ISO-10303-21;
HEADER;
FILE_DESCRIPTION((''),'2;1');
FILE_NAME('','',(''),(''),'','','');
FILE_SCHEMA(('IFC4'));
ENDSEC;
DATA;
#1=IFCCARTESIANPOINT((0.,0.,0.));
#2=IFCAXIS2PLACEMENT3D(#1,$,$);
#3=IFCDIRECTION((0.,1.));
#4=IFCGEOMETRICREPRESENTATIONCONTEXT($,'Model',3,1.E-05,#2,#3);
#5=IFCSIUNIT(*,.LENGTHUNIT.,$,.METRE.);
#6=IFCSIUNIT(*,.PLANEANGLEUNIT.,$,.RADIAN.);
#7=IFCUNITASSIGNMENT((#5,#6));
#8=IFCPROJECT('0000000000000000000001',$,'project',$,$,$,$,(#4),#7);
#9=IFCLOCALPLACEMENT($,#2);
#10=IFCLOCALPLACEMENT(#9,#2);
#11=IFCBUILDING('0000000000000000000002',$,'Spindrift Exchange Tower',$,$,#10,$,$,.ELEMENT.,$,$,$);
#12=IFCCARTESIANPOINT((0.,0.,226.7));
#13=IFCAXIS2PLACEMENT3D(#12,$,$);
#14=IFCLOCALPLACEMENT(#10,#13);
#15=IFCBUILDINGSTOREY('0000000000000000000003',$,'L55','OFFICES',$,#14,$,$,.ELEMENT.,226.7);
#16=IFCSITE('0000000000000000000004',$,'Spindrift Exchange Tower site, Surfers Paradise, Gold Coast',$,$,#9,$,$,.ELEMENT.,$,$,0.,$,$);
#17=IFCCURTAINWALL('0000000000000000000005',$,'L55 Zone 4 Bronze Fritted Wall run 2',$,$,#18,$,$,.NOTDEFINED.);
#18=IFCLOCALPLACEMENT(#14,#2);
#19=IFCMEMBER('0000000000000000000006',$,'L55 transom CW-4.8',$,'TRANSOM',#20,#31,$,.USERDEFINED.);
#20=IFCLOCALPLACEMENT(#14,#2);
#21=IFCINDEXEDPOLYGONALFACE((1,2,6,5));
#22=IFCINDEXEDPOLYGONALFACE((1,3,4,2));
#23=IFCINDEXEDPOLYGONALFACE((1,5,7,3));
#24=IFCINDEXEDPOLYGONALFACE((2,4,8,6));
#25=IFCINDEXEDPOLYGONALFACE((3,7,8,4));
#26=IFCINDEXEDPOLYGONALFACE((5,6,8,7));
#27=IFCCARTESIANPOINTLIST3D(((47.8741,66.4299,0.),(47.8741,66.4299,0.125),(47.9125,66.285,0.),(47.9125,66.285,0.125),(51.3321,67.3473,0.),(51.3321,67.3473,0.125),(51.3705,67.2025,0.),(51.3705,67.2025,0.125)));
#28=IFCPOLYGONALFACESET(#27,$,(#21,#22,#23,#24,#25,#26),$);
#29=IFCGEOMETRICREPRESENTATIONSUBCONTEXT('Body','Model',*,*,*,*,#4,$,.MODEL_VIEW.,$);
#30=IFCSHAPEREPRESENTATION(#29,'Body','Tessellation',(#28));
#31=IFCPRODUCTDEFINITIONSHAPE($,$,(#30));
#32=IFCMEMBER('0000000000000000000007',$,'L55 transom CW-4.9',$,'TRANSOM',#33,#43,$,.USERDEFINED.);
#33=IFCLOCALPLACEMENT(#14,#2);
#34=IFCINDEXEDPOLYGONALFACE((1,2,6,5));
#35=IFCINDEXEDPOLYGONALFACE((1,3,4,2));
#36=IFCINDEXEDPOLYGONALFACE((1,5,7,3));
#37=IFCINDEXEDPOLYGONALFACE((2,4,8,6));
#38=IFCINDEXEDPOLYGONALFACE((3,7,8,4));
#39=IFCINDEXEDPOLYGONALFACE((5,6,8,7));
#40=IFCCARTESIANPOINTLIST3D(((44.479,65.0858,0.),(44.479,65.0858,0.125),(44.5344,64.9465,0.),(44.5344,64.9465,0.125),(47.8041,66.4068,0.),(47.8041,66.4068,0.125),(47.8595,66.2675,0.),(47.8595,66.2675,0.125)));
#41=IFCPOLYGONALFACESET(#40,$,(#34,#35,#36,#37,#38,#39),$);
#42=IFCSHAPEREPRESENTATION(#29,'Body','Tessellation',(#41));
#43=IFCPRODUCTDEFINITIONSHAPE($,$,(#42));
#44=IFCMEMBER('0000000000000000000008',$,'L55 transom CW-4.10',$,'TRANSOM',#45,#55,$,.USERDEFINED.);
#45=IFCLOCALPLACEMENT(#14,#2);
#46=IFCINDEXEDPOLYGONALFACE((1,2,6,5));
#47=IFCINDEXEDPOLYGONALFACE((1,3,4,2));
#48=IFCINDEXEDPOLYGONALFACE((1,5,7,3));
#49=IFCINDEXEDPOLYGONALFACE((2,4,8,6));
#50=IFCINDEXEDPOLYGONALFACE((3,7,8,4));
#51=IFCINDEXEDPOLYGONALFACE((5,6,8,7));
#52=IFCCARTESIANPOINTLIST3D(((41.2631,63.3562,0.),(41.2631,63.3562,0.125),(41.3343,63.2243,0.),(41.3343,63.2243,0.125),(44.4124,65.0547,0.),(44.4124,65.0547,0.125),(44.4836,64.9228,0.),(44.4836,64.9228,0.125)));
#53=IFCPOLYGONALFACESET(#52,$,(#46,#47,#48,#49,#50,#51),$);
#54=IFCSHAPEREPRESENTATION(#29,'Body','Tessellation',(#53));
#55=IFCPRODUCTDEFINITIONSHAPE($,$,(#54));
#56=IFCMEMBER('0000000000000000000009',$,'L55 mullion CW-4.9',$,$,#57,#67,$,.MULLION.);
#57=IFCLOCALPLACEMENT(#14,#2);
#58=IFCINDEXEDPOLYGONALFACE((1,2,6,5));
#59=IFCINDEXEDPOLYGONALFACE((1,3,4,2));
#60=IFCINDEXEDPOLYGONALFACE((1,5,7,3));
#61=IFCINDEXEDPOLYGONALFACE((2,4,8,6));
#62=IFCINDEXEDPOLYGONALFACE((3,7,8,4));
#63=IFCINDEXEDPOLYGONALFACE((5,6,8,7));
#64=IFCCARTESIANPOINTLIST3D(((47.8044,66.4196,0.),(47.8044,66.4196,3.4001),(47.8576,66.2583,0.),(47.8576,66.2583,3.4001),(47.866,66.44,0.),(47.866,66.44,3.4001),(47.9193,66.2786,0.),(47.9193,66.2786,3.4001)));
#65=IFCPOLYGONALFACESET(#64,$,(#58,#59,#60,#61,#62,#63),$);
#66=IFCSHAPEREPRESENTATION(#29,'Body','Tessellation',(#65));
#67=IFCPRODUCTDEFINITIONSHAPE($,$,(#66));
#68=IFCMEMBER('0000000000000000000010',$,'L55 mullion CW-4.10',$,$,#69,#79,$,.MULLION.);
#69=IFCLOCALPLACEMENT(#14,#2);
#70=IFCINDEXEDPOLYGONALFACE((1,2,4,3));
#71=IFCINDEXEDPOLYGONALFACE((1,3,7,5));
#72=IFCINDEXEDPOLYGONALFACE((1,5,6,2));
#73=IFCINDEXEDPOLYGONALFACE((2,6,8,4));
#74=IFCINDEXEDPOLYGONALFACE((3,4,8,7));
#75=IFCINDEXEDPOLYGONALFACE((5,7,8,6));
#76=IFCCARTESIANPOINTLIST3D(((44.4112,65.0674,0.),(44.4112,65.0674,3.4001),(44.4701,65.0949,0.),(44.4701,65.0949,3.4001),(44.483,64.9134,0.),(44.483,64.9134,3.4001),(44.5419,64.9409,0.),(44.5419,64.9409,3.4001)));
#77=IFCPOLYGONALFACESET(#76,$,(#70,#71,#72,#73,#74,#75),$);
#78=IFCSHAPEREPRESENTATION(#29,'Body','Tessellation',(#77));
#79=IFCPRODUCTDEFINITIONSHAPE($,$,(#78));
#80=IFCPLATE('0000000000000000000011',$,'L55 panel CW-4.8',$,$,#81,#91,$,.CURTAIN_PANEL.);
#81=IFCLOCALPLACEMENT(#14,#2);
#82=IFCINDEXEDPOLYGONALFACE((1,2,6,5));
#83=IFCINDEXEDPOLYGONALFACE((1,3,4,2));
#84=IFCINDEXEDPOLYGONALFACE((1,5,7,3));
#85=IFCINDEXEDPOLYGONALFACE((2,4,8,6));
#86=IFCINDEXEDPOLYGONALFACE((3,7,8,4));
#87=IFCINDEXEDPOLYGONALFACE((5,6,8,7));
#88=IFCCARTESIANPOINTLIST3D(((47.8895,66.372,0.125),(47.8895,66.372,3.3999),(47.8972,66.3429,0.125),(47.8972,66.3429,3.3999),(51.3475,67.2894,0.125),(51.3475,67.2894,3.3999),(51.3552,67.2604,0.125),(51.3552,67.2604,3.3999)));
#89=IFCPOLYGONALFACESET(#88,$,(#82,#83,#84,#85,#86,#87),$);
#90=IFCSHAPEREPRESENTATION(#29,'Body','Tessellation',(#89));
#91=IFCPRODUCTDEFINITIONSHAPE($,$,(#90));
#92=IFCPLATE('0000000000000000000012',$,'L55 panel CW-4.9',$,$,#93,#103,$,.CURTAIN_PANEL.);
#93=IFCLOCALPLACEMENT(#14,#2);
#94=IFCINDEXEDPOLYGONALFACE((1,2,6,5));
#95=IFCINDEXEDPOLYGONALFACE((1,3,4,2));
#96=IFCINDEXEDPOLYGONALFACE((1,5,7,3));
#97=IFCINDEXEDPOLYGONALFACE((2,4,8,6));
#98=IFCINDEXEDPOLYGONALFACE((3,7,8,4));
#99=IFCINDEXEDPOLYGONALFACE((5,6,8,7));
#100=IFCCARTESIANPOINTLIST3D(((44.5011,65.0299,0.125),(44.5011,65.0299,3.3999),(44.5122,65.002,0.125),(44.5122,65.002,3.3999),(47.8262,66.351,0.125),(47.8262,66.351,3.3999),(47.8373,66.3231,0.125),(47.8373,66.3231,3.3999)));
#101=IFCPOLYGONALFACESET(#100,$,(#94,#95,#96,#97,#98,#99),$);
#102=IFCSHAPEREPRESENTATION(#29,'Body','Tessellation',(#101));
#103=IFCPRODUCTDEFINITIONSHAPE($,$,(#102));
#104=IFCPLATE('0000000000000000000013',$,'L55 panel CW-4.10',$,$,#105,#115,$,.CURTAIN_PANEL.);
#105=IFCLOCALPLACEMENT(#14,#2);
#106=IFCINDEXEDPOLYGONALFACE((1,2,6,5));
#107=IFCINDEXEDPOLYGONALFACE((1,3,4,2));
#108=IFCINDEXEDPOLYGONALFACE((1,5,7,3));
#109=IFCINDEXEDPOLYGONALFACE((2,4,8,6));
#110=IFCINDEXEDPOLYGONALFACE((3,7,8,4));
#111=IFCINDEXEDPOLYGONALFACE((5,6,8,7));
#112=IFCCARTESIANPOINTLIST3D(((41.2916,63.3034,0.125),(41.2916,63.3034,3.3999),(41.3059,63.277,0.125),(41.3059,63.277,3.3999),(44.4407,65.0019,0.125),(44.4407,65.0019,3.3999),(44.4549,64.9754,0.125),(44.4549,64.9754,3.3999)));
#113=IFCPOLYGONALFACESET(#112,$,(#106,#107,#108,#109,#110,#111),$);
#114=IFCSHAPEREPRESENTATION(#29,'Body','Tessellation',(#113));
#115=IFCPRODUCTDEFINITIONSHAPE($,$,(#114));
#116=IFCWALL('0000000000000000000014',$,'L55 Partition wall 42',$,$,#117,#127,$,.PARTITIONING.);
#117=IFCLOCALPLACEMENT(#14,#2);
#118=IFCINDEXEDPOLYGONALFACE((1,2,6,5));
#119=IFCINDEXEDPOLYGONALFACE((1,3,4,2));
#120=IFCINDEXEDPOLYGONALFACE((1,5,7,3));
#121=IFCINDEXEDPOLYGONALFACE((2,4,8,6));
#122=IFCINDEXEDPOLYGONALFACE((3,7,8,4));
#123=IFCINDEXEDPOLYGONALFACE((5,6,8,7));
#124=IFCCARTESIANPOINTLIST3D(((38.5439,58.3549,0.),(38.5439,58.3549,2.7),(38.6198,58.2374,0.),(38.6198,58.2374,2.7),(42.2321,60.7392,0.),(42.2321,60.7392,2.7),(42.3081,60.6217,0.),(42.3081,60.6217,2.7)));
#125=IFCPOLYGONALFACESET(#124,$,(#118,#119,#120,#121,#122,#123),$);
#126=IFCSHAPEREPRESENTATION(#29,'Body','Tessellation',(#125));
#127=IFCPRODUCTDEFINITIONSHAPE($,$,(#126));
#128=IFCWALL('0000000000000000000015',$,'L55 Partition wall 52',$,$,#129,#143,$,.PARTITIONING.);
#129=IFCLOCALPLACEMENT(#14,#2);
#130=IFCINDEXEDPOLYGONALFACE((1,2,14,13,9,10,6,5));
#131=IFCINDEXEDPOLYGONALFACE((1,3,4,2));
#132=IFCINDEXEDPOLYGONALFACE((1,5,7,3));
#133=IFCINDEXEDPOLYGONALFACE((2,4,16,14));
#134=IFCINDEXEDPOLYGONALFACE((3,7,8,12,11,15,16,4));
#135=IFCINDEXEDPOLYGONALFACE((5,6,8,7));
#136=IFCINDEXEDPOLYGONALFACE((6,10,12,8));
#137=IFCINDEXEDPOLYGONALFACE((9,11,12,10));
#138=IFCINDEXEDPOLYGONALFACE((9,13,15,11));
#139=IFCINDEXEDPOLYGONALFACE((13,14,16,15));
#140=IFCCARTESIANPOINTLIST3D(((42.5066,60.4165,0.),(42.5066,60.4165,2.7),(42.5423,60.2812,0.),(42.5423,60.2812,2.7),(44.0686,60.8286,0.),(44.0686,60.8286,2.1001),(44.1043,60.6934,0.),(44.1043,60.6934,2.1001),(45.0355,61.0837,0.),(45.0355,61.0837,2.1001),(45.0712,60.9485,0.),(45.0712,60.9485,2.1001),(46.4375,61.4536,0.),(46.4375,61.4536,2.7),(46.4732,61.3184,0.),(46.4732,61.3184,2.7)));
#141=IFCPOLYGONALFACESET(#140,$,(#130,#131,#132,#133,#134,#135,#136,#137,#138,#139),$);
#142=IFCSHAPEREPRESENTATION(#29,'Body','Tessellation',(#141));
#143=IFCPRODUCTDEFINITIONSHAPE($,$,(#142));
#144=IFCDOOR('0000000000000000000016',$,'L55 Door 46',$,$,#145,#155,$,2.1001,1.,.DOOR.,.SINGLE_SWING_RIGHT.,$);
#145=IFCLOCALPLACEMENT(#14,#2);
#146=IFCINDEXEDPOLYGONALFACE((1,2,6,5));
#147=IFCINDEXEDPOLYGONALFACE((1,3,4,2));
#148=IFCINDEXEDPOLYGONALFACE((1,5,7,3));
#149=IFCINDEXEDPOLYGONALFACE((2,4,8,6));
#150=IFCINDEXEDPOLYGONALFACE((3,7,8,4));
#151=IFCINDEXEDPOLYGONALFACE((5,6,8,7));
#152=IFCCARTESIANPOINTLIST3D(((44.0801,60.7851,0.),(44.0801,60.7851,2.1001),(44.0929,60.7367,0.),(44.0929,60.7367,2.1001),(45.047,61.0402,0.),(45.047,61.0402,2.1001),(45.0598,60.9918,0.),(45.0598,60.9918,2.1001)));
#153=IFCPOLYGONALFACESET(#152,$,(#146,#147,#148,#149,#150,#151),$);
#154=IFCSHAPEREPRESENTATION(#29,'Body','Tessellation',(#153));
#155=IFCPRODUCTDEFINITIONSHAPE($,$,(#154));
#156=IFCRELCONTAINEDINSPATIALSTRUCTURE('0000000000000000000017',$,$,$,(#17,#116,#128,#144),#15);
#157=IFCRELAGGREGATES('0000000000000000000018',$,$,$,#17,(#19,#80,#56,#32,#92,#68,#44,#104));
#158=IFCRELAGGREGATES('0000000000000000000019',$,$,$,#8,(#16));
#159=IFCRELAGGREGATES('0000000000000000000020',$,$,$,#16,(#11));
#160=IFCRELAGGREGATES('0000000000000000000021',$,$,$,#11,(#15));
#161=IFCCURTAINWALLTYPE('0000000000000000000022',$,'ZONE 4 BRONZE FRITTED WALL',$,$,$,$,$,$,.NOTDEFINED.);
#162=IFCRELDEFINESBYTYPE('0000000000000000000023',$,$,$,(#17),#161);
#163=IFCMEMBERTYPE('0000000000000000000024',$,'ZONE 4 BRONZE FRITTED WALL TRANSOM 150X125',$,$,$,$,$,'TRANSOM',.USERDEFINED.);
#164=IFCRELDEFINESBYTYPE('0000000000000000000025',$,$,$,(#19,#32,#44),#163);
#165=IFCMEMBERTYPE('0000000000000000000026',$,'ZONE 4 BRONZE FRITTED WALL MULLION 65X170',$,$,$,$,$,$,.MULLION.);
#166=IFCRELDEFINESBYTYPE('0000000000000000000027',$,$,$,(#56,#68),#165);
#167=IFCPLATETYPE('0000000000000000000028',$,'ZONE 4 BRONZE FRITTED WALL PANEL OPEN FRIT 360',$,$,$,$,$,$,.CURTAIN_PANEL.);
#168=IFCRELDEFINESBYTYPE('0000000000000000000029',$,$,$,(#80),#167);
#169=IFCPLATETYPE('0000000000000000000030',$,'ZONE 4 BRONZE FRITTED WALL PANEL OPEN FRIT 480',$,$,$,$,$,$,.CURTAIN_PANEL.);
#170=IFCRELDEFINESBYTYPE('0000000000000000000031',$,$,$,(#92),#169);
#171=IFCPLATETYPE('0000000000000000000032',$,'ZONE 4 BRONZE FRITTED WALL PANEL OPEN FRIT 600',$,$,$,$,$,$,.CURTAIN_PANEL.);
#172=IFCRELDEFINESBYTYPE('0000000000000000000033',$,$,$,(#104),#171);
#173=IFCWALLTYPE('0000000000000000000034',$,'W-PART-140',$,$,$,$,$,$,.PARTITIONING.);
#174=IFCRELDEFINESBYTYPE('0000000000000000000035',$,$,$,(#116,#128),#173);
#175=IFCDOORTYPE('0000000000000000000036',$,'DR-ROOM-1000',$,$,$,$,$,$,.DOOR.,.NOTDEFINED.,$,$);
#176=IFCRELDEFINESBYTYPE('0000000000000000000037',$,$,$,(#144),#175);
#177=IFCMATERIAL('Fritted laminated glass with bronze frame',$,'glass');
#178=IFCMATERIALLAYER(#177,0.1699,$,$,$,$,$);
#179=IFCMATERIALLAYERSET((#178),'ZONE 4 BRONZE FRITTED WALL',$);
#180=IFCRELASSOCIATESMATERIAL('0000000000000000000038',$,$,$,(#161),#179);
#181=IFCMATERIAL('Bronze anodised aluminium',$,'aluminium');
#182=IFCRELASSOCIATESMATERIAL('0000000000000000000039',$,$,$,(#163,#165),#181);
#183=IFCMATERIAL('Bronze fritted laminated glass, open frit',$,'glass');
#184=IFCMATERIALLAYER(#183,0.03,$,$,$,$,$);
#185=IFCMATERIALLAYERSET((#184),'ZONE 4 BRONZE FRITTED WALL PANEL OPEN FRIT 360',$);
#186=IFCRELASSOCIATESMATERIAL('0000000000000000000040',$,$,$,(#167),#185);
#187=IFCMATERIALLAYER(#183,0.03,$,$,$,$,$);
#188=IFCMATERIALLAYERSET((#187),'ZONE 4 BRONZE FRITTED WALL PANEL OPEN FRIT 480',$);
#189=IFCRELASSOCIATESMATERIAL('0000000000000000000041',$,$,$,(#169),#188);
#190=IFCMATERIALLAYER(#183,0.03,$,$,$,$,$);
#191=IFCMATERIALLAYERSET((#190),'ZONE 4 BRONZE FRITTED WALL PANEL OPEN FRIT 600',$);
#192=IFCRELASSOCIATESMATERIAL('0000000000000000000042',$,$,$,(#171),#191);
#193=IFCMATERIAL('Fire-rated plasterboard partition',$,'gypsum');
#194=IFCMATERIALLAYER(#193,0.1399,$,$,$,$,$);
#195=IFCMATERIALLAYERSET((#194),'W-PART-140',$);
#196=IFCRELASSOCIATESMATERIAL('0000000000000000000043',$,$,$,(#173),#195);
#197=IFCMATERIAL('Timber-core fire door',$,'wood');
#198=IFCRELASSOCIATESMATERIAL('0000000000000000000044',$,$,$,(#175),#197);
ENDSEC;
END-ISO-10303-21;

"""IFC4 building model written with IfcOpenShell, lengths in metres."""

from ifc_helpers import new_model, si_unit, direction, frame, frame_2d, origin, origin_2d, place, context, subcontext, project, spatial, rectangle, extrude, source, transform, mapped, material, layer, layer_set, material_profile, profile_set, type_object, element, fill, aggregate, save


model = new_model("IFC4")

# Units and contexts
model_context = context("Model", 3, precision=1e-05, world=origin(), true_north=direction((0.0, 1.0)))
body_context = subcontext(model_context, "Body", "Model", "MODEL_VIEW")
ifc_project = project(units=[si_unit("LENGTHUNIT", "METRE"), si_unit("PLANEANGLEUNIT", "RADIAN")], contexts=[model_context])

# Site, building, storey
site_placement = place(None, origin())
site = spatial("IfcSite", under=ifc_project, at=site_placement, Name="Spindrift Exchange Tower site, Surfers Paradise, Gold Coast", CompositionType="ELEMENT", RefElevation=0.0)
building_placement = place(site_placement, origin())
building = spatial("IfcBuilding", under=site, at=building_placement, Name="Spindrift Exchange Tower", CompositionType="ELEMENT")
storey_placement = place(building_placement, frame((0.0, 0.0, 226.7)))
storey = spatial("IfcBuildingStorey", under=building, at=storey_placement, Name="L55", Description="OFFICES", CompositionType="ELEMENT", Elevation=226.7)

# Curtain wall, members, plates
ifc_material_1 = material(Name="Fritted laminated glass with bronze frame", Category="glass")
ifc_layer_1 = layer(ifc_material_1, 0.1699)
ifc_layer_set_1 = layer_set([ifc_layer_1], Name="ZONE 4 BRONZE FRITTED WALL")
curtain_wall_type = type_object("IfcCurtainWallType", Name="ZONE 4 BRONZE FRITTED WALL", PredefinedType="NOTDEFINED", material=ifc_layer_set_1)
curtain_wall_placement = place(storey_placement, origin())
curtain_wall = element("IfcCurtainWall", 1, at=curtain_wall_placement, inside=storey, type_object=curtain_wall_type, Name="L55 Zone 4 Bronze Fritted Wall run 2", PredefinedType="NOTDEFINED")
ifc_material_2 = material(Name="Bronze anodised aluminium", Category="aluminium")
ifc_material_profile_1 = material_profile(ifc_material_2, rectangle(XDim=0.1499, YDim=0.125, at=origin_2d()), Name="ZONE 4 BRONZE FRITTED WALL TRANSOM 150X125")
ifc_profile_set_1 = profile_set([ifc_material_profile_1], Name="Bronze anodised aluminium")
member_type_1 = type_object("IfcMemberType", Name="ZONE 4 BRONZE FRITTED WALL TRANSOM 150X125", ElementType="TRANSOM", PredefinedType="USERDEFINED", material=ifc_profile_set_1)
shared_shape_1 = source(origin(), body_context, "Body", "SweptSolid", [
    extrude(rectangle(XDim=0.1499, YDim=0.125, at=origin_2d()), origin(), (0.0, 0.0, 1.0), 3.5776),
])
member_1_placement = place(storey_placement, frame((51.3513, 67.2749, 0.0625), z_axis=(-0.966558, -0.256448, 0.0), x_axis=(0.256448, -0.966558, 0.0)))
member_1 = element("IfcMember", 2, at=member_1_placement, type_object=member_type_1, Name="L55 transom CW-4.8", ObjectType="TRANSOM", PredefinedType="USERDEFINED", context=body_context, shape_type="MappedRepresentation", body=[
    mapped(shared_shape_1, transform((0.0, 0.0, 0.0), scale=1.0)),
])
shared_shape_2 = source(origin(), body_context, "Body", "SweptSolid", [
    extrude(rectangle(XDim=0.1499, YDim=0.125, at=origin_2d()), origin(), (0.0, 0.0, 1.0), 3.5779),
])
member_2_placement = place(storey_placement, frame((47.8318, 66.3372, 0.0625), z_axis=(-0.929345, -0.369213, 0.0), x_axis=(0.369213, -0.929345, 0.0)))
member_2 = element("IfcMember", 3, at=member_2_placement, type_object=member_type_1, Name="L55 transom CW-4.9", ObjectType="TRANSOM", PredefinedType="USERDEFINED", context=body_context, shape_type="MappedRepresentation", body=[
    mapped(shared_shape_2, transform((0.0, 0.0, 0.0), scale=1.0)),
])
shared_shape_3 = source(origin(), body_context, "Body", "SweptSolid", [
    extrude(rectangle(XDim=0.1499, YDim=0.125, at=origin_2d()), origin(), (0.0, 0.0, 1.0), 3.5781),
])
member_3_placement = place(storey_placement, frame((44.448, 64.9888, 0.0625), z_axis=(-0.880147, -0.474702, 0.0), x_axis=(0.474702, -0.880147, 0.0)))
member_3 = element("IfcMember", 4, at=member_3_placement, type_object=member_type_1, Name="L55 transom CW-4.10", ObjectType="TRANSOM", PredefinedType="USERDEFINED", context=body_context, shape_type="MappedRepresentation", body=[
    mapped(shared_shape_3, transform((0.0, 0.0, 0.0), scale=1.0)),
])
ifc_material_profile_2 = material_profile(ifc_material_2, rectangle(XDim=0.0649, YDim=0.1699, at=origin_2d()), Name="ZONE 4 BRONZE FRITTED WALL MULLION 65X170")
ifc_profile_set_2 = profile_set([ifc_material_profile_2], Name="Bronze anodised aluminium")
member_type_2 = type_object("IfcMemberType", Name="ZONE 4 BRONZE FRITTED WALL MULLION 65X170", PredefinedType="MULLION", material=ifc_profile_set_2)
shared_shape_4 = source(origin(), body_context, "Body", "SweptSolid", [
    extrude(rectangle(XDim=0.0649, YDim=0.1699, at=origin_2d()), origin(), (0.0, 0.0, 1.0), 3.4001),
])
member_4_placement = place(storey_placement, frame((47.8618, 66.3491, 0.0), z_axis=(0.0, 0.0, 1.0), x_axis=(-0.949623, -0.313395, 0.0)))
member_4 = element("IfcMember", 5, at=member_4_placement, type_object=member_type_2, Name="L55 mullion CW-4.9", PredefinedType="MULLION", context=body_context, shape_type="MappedRepresentation", body=[
    mapped(shared_shape_4, transform((0.0, 0.0, 0.0), scale=1.0)),
])
member_5_placement = place(storey_placement, frame((44.4766, 65.0042, 0.0), z_axis=(0.0, 0.0, 1.0), x_axis=(-0.906272, -0.422696, 0.0)))
member_5 = element("IfcMember", 6, at=member_5_placement, type_object=member_type_2, Name="L55 mullion CW-4.10", PredefinedType="MULLION", context=body_context, shape_type="MappedRepresentation", body=[
    mapped(shared_shape_4, transform((0.0, 0.0, 0.0), scale=1.0)),
])
ifc_material_3 = material(Name="Bronze fritted laminated glass, open frit", Category="glass")
ifc_layer_2 = layer(ifc_material_3, 0.03)
ifc_layer_set_2 = layer_set([ifc_layer_2], Name="ZONE 4 BRONZE FRITTED WALL PANEL OPEN FRIT 360")
plate_type_1 = type_object("IfcPlateType", Name="ZONE 4 BRONZE FRITTED WALL PANEL OPEN FRIT 360", PredefinedType="CURTAIN_PANEL", material=ifc_layer_set_2)
shared_shape_5 = source(origin(), body_context, "Body", "SweptSolid", [
    extrude(rectangle(XDim=3.5776, YDim=0.03, at=origin_2d()), origin(), (0.0, 0.0, 1.0), 3.2749),
])
plate_1_placement = place(storey_placement, frame((49.6223, 66.8162, 0.125), z_axis=(0.0, 0.0, 1.0), x_axis=(-0.966561, -0.256438, 0.0)))
plate_1 = element("IfcPlate", 7, at=plate_1_placement, type_object=plate_type_1, Name="L55 panel CW-4.8", PredefinedType="CURTAIN_PANEL", context=body_context, shape_type="MappedRepresentation", body=[
    mapped(shared_shape_5, transform((0.0, 0.0, 0.0), scale=1.0)),
])
ifc_layer_3 = layer(ifc_material_3, 0.03)
ifc_layer_set_3 = layer_set([ifc_layer_3], Name="ZONE 4 BRONZE FRITTED WALL PANEL OPEN FRIT 480")
plate_type_2 = type_object("IfcPlateType", Name="ZONE 4 BRONZE FRITTED WALL PANEL OPEN FRIT 480", PredefinedType="CURTAIN_PANEL", material=ifc_layer_set_3)
shared_shape_6 = source(origin(), body_context, "Body", "SweptSolid", [
    extrude(rectangle(XDim=3.5779, YDim=0.03, at=origin_2d()), origin(), (0.0, 0.0, 1.0), 3.2749),
])
plate_2_placement = place(storey_placement, frame((46.1692, 65.6765, 0.125), z_axis=(0.0, 0.0, 1.0), x_axis=(-0.929332, -0.369246, 0.0)))
plate_2 = element("IfcPlate", 8, at=plate_2_placement, type_object=plate_type_2, Name="L55 panel CW-4.9", PredefinedType="CURTAIN_PANEL", context=body_context, shape_type="MappedRepresentation", body=[
    mapped(shared_shape_6, transform((0.0, 0.0, 0.0), scale=1.0)),
])
ifc_layer_4 = layer(ifc_material_3, 0.03)
ifc_layer_set_4 = layer_set([ifc_layer_4], Name="ZONE 4 BRONZE FRITTED WALL PANEL OPEN FRIT 600")
plate_type_3 = type_object("IfcPlateType", Name="ZONE 4 BRONZE FRITTED WALL PANEL OPEN FRIT 600", PredefinedType="CURTAIN_PANEL", material=ifc_layer_set_4)
shared_shape_7 = source(origin(), body_context, "Body", "SweptSolid", [
    extrude(rectangle(XDim=3.5779, YDim=0.03, at=origin_2d()), origin(), (0.0, 0.0, 1.0), 3.2749),
])
plate_3_placement = place(storey_placement, frame((42.8733, 64.1394, 0.125), z_axis=(0.0, 0.0, 1.0), x_axis=(-0.88014, -0.474714, 0.0)))
plate_3 = element("IfcPlate", 9, at=plate_3_placement, type_object=plate_type_3, Name="L55 panel CW-4.10", PredefinedType="CURTAIN_PANEL", context=body_context, shape_type="MappedRepresentation", body=[
    mapped(shared_shape_7, transform((0.0, 0.0, 0.0), scale=1.0)),
])
aggregate(curtain_wall, [member_1, plate_1, member_4, member_2, plate_2, member_5, member_3, plate_3])

# Wall
ifc_material_4 = material(Name="Fire-rated plasterboard partition", Category="gypsum")
ifc_layer_5 = layer(ifc_material_4, 0.1399)
ifc_layer_set_5 = layer_set([ifc_layer_5], Name="W-PART-140")
wall_type = type_object("IfcWallType", Name="W-PART-140", PredefinedType="PARTITIONING", material=ifc_layer_set_5)
wall_1_placement = place(storey_placement, frame((42.27, 60.6804, 0.0), z_axis=(0.0, 0.0, 1.0), x_axis=(-0.839801, -0.542894, 0.0)))
element("IfcWall", 10, at=wall_1_placement, inside=storey, type_object=wall_type, Name="L55 Partition wall 42", PredefinedType="PARTITIONING", context=body_context, shape_type="SweptSolid", body=[
    extrude(rectangle(XDim=4.3918, YDim=0.1399, at=frame_2d((2.1958, 0.0))), origin(), (0.0, 0.0, 1.0), 2.7),
])

# Wall, opening, door
wall_2_placement = place(storey_placement, frame((42.5244, 60.3489, 0.0), z_axis=(0.0, 0.0, 1.0), x_axis=(0.966913, 0.255105, 0.0)))
wall_2 = element("IfcWall", 11, at=wall_2_placement, inside=storey, type_object=wall_type, Name="L55 Partition wall 52", PredefinedType="PARTITIONING", context=body_context, shape_type="SweptSolid", body=[
    extrude(rectangle(XDim=4.0654, YDim=0.1399, at=frame_2d((2.0327, 0.0))), origin(), (0.0, 0.0, 1.0), 2.7),
])
opening_1_placement = place(wall_2_placement, frame((1.6155, 0.0, 0.0)))
opening_1 = element("IfcOpeningElement", 12, at=opening_1_placement, cuts=wall_2, PredefinedType="OPENING", context=body_context, shape_type="SweptSolid", body=[
    extrude(rectangle(XDim=1.0, YDim=2.1001, at=frame_2d((0.5, 1.05))), frame((0.0, 0.0798, 0.0), z_axis=(0.0, -1.0, 0.0), x_axis=(1.0, 0.0, 0.0)), (0.0, 0.0, 1.0), 0.1599),
])
ifc_material_5 = material(Name="Timber-core fire door", Category="wood")
door_type = type_object("IfcDoorType", Name="DR-ROOM-1000", OperationType="NOTDEFINED", PredefinedType="DOOR", material=ifc_material_5)
shared_shape_8 = source(origin(), body_context, "Body", "SweptSolid", [
    extrude(rectangle(XDim=1.0, YDim=2.1001, at=frame_2d((0.5, 1.05))), frame((0.0, 0.0249, 0.0), z_axis=(0.0, -1.0, 0.0), x_axis=(1.0, 0.0, 0.0)), (0.0, 0.0, 1.0), 0.05),
])
door_1_placement = place(opening_1_placement, origin())
door_1 = element("IfcDoor", 13, at=door_1_placement, inside=storey, type_object=door_type, Name="L55 Door 46", OperationType="SINGLE_SWING_RIGHT", OverallHeight=2.1001, OverallWidth=1.0, PredefinedType="DOOR", context=body_context, shape_type="MappedRepresentation", body=[
    mapped(shared_shape_8, transform((0.0, 0.0, 0.0), scale=1.0)),
])
fill(opening_1, door_1)

save(model, "model.ifc")
